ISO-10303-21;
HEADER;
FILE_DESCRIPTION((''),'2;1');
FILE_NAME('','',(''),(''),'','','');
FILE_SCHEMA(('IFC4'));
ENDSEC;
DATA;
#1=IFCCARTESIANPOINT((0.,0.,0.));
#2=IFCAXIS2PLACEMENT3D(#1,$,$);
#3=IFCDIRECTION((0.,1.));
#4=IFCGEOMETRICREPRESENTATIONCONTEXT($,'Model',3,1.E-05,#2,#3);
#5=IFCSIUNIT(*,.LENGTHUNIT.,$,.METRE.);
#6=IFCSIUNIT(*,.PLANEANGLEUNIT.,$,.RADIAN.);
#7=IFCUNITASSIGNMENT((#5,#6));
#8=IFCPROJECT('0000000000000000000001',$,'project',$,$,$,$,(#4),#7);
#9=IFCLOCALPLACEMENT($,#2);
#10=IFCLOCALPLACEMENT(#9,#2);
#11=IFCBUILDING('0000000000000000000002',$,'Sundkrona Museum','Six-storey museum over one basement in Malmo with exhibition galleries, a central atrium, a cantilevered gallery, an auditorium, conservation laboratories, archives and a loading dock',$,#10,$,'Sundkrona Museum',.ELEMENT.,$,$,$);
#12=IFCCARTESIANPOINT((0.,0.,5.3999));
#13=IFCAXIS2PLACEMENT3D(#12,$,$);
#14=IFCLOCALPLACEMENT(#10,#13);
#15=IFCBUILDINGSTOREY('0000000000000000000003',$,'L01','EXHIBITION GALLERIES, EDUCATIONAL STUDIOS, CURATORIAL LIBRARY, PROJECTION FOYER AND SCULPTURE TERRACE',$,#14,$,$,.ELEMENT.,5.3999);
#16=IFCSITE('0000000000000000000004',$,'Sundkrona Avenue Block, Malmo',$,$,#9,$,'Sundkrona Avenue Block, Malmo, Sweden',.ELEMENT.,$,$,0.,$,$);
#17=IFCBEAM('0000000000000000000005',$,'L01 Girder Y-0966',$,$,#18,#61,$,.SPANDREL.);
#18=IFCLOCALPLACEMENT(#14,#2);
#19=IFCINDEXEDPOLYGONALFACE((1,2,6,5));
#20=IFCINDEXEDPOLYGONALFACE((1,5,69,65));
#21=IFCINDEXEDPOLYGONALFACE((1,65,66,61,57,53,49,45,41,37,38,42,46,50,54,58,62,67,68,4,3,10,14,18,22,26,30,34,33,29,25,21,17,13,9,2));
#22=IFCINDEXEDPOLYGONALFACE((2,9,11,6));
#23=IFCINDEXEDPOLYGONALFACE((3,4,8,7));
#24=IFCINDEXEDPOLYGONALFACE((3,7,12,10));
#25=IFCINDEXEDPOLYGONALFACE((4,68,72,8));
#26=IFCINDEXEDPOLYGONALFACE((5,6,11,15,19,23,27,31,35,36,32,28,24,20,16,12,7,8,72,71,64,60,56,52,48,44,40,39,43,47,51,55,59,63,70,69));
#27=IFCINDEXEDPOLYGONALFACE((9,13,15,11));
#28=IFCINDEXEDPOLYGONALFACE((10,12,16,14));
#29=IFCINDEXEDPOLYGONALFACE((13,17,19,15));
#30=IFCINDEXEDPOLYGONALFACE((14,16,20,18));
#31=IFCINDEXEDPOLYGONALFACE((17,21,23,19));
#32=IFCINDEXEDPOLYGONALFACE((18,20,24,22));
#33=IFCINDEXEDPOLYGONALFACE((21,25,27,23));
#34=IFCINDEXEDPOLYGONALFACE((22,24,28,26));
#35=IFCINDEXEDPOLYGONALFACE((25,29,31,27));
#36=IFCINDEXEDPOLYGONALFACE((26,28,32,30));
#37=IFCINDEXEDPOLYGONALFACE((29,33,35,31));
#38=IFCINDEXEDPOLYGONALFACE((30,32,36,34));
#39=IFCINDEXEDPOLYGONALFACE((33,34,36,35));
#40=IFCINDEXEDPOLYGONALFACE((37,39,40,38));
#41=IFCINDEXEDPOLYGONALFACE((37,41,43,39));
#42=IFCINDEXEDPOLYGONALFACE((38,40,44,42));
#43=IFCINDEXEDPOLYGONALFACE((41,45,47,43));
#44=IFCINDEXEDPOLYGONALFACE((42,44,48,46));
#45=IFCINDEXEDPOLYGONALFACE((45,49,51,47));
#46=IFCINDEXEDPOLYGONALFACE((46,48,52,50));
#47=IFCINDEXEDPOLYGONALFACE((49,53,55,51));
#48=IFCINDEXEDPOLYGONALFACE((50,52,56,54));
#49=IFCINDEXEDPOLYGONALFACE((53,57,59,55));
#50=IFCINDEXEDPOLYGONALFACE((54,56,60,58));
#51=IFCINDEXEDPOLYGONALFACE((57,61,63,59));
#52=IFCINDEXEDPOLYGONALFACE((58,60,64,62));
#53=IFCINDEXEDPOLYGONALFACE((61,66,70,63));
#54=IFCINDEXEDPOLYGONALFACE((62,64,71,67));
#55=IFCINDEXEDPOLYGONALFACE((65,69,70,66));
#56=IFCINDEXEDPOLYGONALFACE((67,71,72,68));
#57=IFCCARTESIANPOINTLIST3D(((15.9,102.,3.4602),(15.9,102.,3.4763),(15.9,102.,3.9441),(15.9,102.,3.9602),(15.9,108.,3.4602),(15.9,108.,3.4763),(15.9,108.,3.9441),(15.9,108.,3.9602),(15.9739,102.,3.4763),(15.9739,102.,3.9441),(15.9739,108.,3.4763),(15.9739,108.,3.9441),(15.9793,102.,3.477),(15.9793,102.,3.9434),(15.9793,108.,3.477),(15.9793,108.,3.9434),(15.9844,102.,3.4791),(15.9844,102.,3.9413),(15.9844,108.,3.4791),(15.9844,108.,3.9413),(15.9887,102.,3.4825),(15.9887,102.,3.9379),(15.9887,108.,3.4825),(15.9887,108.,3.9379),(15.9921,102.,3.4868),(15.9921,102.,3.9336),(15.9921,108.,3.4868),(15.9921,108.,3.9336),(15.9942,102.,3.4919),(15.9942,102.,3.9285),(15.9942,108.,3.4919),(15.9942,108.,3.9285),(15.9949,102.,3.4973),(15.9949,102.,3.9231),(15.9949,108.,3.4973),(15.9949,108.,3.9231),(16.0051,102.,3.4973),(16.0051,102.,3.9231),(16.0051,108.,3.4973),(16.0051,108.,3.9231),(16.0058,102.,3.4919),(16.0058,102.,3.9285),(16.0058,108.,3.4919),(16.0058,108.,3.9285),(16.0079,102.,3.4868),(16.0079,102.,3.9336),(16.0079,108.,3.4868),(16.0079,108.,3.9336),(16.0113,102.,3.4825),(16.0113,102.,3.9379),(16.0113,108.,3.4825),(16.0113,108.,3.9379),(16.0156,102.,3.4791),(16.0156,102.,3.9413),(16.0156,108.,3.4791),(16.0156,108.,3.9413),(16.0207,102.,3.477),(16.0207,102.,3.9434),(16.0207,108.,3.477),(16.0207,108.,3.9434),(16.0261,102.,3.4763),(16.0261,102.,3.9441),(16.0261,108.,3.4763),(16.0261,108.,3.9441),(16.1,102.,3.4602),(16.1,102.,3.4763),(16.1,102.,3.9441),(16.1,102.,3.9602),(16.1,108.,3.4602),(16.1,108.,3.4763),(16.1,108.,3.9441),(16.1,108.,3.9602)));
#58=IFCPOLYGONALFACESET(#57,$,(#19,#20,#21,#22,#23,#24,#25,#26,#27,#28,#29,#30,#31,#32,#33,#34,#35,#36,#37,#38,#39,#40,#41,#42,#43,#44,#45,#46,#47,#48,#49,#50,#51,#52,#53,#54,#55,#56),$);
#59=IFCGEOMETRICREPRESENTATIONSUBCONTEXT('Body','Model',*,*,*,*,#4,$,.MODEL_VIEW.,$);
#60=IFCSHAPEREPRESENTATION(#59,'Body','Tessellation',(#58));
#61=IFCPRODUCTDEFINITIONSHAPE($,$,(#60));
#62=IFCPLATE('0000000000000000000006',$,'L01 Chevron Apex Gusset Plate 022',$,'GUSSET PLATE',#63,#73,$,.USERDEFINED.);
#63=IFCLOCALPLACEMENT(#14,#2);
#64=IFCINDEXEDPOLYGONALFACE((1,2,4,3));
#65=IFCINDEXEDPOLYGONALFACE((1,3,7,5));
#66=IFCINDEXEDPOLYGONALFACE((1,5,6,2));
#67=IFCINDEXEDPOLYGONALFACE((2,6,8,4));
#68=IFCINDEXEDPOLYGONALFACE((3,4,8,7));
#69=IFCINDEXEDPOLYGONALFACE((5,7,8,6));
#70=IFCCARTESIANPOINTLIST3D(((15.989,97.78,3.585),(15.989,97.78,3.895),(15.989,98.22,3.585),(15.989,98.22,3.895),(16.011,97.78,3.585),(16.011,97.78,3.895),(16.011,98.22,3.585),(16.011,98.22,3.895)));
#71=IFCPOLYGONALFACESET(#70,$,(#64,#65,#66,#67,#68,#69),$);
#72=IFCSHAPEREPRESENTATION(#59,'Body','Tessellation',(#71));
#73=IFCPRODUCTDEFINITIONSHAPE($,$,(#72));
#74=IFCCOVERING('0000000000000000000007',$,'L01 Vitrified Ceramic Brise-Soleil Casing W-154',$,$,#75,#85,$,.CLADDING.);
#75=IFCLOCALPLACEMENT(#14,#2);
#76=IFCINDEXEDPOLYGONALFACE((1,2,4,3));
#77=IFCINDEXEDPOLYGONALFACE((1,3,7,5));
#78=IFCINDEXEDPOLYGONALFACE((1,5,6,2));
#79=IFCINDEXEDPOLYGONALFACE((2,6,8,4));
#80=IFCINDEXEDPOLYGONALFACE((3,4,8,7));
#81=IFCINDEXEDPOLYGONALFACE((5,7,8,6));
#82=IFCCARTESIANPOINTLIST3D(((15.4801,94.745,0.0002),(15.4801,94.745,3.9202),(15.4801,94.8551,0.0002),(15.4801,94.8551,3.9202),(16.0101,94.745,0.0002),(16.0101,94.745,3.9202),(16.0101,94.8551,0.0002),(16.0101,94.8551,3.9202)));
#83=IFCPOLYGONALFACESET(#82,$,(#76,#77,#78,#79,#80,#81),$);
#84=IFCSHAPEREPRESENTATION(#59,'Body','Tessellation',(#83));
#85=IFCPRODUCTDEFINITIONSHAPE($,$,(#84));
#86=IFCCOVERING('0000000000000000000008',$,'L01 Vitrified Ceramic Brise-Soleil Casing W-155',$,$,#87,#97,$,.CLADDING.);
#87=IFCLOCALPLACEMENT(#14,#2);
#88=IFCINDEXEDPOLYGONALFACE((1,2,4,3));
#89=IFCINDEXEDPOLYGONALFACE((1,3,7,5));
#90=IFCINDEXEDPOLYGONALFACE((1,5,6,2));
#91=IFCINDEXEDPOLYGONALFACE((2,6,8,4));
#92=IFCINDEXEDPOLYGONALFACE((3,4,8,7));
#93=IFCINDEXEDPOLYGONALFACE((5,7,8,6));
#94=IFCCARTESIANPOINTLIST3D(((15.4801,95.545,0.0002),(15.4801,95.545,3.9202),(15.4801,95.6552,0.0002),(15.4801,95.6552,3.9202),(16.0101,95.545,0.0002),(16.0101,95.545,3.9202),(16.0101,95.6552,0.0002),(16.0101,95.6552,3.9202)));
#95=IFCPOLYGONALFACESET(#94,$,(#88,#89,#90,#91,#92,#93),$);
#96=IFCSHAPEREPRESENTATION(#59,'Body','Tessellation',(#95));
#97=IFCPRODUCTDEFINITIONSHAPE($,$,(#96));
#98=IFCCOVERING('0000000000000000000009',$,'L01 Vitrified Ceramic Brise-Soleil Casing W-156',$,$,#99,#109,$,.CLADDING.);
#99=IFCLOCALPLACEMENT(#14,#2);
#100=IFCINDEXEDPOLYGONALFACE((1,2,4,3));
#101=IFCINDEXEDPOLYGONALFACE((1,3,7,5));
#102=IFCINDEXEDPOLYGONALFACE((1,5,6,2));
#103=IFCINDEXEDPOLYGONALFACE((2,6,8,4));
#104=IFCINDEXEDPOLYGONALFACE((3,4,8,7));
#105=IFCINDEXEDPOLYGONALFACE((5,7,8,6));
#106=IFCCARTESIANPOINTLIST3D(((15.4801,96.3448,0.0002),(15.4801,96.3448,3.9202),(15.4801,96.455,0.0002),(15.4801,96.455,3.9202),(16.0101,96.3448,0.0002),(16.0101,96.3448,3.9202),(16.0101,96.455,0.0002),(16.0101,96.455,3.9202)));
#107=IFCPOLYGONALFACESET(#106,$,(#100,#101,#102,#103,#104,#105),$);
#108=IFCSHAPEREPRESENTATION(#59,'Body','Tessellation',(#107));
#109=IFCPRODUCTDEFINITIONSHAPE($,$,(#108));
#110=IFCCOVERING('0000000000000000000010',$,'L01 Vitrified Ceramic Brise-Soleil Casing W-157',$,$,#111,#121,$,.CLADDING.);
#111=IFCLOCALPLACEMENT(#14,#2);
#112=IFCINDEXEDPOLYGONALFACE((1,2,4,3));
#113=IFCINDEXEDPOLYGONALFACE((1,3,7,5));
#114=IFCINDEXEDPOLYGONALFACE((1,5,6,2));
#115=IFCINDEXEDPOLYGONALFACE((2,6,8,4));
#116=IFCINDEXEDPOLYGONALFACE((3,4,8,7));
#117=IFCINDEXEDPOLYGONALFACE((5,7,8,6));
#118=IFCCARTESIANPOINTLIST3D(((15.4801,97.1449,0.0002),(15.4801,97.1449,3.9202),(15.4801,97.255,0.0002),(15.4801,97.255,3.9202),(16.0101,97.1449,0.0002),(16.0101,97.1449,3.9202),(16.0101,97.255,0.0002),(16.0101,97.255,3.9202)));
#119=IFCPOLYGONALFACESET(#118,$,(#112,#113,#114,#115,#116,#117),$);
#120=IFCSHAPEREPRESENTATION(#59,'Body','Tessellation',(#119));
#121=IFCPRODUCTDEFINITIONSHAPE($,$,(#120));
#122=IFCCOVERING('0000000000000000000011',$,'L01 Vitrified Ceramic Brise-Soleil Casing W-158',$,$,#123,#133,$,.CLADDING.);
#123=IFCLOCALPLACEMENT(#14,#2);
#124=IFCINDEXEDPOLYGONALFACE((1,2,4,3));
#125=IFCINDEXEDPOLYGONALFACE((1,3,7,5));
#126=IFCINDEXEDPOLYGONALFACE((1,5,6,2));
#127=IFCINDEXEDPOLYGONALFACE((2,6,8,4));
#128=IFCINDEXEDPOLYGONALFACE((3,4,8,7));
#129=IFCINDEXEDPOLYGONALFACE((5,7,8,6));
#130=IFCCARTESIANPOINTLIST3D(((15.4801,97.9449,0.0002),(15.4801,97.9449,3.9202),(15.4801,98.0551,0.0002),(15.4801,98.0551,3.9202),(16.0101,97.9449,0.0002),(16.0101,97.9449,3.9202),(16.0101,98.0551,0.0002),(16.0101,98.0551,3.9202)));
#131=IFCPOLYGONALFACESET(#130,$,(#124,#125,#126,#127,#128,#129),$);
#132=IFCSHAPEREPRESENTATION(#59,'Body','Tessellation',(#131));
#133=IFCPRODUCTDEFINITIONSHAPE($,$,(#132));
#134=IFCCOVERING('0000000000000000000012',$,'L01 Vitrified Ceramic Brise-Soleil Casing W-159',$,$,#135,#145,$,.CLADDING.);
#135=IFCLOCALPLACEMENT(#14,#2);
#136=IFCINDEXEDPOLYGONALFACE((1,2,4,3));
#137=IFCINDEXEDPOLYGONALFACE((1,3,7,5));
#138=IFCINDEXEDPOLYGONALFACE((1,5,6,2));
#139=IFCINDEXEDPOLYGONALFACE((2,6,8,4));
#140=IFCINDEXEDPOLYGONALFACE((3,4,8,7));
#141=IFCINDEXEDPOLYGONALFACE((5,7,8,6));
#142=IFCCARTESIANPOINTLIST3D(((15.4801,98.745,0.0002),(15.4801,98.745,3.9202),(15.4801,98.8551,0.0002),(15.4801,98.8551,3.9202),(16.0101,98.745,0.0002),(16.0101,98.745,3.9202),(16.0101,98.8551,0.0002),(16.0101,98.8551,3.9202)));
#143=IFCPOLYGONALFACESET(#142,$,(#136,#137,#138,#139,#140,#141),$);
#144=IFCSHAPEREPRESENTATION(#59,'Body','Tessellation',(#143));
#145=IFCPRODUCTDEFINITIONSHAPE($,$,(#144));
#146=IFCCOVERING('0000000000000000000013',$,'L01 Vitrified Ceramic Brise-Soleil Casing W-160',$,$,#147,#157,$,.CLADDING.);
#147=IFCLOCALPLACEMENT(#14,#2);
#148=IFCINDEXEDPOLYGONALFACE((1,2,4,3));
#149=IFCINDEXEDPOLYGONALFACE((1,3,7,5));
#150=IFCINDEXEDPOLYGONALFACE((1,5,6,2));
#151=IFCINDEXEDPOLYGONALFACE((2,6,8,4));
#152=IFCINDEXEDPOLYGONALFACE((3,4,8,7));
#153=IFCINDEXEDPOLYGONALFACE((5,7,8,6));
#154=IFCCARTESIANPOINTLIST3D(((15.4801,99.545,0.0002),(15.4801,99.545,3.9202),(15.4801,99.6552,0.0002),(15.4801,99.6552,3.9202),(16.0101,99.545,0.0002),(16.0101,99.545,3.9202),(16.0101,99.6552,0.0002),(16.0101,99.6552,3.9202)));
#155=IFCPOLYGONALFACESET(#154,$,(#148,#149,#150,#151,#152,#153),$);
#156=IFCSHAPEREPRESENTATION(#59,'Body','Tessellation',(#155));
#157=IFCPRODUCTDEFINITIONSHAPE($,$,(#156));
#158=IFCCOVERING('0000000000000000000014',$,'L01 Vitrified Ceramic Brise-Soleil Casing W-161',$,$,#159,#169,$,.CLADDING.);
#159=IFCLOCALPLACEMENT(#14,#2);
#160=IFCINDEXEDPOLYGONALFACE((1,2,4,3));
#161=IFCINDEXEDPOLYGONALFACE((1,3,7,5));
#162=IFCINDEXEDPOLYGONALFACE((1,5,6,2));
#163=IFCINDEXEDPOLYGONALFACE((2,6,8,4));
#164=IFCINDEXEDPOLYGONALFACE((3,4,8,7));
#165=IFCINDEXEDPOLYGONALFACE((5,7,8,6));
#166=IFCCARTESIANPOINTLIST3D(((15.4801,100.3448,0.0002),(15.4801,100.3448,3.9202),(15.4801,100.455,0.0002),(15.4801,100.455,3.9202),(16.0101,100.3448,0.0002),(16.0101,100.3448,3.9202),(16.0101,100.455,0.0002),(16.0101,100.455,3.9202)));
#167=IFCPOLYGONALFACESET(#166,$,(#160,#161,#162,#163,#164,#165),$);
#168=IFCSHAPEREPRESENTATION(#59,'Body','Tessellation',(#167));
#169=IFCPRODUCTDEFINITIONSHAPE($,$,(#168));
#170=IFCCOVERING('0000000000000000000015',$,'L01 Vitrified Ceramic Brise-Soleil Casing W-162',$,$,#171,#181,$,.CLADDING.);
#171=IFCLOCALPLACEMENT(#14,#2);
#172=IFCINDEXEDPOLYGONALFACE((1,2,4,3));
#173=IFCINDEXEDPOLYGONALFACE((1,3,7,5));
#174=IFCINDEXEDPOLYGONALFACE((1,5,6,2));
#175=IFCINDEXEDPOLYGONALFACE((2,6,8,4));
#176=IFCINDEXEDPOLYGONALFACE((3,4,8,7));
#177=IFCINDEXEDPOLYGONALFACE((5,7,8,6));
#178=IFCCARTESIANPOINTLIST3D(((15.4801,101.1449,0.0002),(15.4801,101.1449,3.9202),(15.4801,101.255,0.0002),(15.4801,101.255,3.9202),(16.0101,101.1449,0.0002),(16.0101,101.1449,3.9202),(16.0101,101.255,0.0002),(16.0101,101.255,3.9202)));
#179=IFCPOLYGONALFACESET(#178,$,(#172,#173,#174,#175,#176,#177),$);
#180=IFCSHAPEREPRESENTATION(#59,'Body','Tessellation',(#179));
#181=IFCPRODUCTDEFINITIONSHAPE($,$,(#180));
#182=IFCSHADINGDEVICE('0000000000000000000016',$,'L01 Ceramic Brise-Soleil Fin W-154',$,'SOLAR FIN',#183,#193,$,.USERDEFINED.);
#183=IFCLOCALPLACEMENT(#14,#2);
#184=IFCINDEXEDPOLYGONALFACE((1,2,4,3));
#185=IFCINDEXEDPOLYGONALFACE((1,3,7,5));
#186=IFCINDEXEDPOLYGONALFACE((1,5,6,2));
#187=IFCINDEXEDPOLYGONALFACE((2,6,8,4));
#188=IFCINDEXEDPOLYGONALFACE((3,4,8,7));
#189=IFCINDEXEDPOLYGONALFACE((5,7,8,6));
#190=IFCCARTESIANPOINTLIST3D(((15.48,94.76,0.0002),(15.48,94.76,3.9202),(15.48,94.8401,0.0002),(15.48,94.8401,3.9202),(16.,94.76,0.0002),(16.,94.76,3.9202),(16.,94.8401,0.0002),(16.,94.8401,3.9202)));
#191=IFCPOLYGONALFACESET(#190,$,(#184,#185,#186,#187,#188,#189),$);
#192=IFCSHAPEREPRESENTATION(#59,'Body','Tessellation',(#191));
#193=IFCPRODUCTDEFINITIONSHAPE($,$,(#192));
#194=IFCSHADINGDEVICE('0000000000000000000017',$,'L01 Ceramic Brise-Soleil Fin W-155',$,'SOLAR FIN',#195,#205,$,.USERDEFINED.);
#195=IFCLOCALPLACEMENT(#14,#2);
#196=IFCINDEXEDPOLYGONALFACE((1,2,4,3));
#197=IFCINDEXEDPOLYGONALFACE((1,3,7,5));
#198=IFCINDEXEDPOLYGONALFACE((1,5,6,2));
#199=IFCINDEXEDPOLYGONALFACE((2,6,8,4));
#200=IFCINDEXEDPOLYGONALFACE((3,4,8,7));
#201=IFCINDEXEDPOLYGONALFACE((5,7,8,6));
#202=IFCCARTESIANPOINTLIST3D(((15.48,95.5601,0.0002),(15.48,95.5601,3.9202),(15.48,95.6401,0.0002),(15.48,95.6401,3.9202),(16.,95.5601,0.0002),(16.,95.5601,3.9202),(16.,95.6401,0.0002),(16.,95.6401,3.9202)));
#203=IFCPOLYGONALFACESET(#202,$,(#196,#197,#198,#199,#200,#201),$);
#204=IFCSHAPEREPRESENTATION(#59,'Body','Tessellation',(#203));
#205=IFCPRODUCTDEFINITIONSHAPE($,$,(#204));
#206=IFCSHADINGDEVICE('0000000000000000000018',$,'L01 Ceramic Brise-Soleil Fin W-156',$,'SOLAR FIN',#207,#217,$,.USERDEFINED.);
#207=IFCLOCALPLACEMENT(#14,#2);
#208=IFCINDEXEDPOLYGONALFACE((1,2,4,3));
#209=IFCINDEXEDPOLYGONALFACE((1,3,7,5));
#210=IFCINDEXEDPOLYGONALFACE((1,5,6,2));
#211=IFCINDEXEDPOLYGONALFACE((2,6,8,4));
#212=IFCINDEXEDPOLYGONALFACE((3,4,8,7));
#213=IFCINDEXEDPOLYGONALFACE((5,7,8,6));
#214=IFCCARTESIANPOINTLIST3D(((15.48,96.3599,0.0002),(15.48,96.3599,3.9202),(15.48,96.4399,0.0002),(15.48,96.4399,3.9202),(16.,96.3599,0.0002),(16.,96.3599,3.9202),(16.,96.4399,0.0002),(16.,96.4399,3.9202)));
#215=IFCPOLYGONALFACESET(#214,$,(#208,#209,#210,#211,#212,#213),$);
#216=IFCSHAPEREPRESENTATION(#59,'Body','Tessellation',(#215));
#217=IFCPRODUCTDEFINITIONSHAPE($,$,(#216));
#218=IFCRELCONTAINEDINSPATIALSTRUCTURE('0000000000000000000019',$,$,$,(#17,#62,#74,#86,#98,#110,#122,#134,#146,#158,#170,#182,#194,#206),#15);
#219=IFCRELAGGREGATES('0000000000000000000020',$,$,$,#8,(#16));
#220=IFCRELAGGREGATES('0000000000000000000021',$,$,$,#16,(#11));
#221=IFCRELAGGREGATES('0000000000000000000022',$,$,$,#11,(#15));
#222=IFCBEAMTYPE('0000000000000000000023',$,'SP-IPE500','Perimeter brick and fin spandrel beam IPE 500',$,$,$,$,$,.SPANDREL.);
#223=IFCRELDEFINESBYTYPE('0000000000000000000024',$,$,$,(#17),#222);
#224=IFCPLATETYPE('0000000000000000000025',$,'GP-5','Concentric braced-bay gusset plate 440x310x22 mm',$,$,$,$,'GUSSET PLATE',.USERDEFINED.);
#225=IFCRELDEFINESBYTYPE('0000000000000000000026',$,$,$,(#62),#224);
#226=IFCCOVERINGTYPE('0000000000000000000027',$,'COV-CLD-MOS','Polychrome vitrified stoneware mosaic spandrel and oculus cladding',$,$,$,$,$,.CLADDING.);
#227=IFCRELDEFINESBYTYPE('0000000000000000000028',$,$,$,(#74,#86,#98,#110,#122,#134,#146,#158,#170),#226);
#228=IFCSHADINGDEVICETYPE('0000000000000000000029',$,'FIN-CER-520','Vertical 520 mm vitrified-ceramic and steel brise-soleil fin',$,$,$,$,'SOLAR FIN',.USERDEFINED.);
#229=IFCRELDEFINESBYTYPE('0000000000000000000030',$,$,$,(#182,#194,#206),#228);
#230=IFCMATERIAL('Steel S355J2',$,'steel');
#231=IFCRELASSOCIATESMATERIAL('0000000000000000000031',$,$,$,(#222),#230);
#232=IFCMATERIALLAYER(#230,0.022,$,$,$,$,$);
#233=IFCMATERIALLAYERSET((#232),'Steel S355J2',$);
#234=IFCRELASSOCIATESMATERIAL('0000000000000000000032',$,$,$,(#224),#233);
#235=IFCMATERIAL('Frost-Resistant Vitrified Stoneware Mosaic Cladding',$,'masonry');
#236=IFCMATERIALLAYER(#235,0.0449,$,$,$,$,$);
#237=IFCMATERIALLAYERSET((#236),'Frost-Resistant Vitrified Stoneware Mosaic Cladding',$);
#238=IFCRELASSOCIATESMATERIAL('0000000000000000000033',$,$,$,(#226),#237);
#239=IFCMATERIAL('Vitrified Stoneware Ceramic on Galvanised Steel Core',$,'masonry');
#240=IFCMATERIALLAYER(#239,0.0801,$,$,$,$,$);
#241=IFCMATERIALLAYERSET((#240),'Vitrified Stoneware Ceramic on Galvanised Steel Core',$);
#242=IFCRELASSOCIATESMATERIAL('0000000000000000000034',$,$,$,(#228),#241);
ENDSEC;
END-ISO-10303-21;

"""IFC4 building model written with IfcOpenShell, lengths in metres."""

from ifc_helpers import new_model, si_unit, direction, frame, origin, origin_2d, place, context, subcontext, project, spatial, rectangle, i_section, extrude, material, layer, layer_set, material_profile, profile_set, type_object, element, save


model = new_model("IFC4")

# Units and contexts
model_context = context("Model", 3, precision=1e-05, world=origin(), true_north=direction((0.0, 1.0)))
body_context = subcontext(model_context, "Body", "Model", "MODEL_VIEW")
ifc_project = project(units=[si_unit("LENGTHUNIT", "METRE"), si_unit("PLANEANGLEUNIT", "RADIAN")], contexts=[model_context])

# Site, building, storey
site_placement = place(None, origin())
site = spatial("IfcSite", under=ifc_project, at=site_placement, Name="Sundkrona Avenue Block, Malmo", LongName="Sundkrona Avenue Block, Malmo, Sweden", CompositionType="ELEMENT", RefElevation=0.0)
building_placement = place(site_placement, origin())
building = spatial("IfcBuilding", under=site, at=building_placement, Name="Sundkrona Museum", Description="Six-storey museum over one basement in Malmo with exhibition galleries, a central atrium, a cantilevered gallery, an auditorium, conservation laboratories, archives and a loading dock", LongName="Sundkrona Museum", CompositionType="ELEMENT")
storey_placement = place(building_placement, frame((0.0, 0.0, 5.3999)))
storey = spatial("IfcBuildingStorey", under=building, at=storey_placement, Name="L01", Description="EXHIBITION GALLERIES, EDUCATIONAL STUDIOS, CURATORIAL LIBRARY, PROJECTION FOYER AND SCULPTURE TERRACE", CompositionType="ELEMENT", Elevation=5.3999)

# Shared definitions
ifc_material_1 = material(Name="Steel S355J2", Category="steel")

# Beam
ifc_material_profile_1 = material_profile(ifc_material_1, i_section(OverallWidth=0.2, OverallDepth=0.5, WebThickness=0.0103, FlangeThickness=0.0161, FilletRadius=0.021, at=origin_2d()), Name="IPE 500")
ifc_profile_set_1 = profile_set([ifc_material_profile_1], Name="Steel S355J2")
beam_type_1 = type_object("IfcBeamType", Name="SP-IPE500", Description="Perimeter brick and fin spandrel beam IPE 500", PredefinedType="SPANDREL", material=ifc_profile_set_1)
beam_1_placement = place(storey_placement, frame((16.0, 102.0, 3.7102), z_axis=(0.0, 1.0, 0.0), x_axis=(-1.0, 0.0, 0.0)))
element("IfcBeam", 1, at=beam_1_placement, inside=storey, type_object=beam_type_1, Name="L01 Girder Y-0966", PredefinedType="SPANDREL", context=body_context, shape_type="SweptSolid", body=[
    extrude(i_section(OverallWidth=0.2, OverallDepth=0.5, WebThickness=0.0103, FlangeThickness=0.0161, FilletRadius=0.021, at=origin_2d()), origin(), (0.0, 0.0, 1.0), 6.0),
])

# Plate
ifc_layer_1 = layer(ifc_material_1, 0.022)
ifc_layer_set_1 = layer_set([ifc_layer_1], Name="Steel S355J2")
plate_type = type_object("IfcPlateType", Name="GP-5", Description="Concentric braced-bay gusset plate 440x310x22 mm", ElementType="GUSSET PLATE", PredefinedType="USERDEFINED", material=ifc_layer_set_1)
plate_placement = place(storey_placement, frame((16.0, 98.0, 3.585), z_axis=(0.0, 0.0, 1.0), x_axis=(0.0, 1.0, 0.0)))
element("IfcPlate", 2, at=plate_placement, inside=storey, type_object=plate_type, Name="L01 Chevron Apex Gusset Plate 022", ObjectType="GUSSET PLATE", PredefinedType="USERDEFINED", context=body_context, shape_type="SweptSolid", body=[
    extrude(rectangle(XDim=0.4399, YDim=0.022, at=origin_2d()), origin(), (0.0, 0.0, 1.0), 0.3101),
])

# Coverings
ifc_material_2 = material(Name="Frost-Resistant Vitrified Stoneware Mosaic Cladding", Category="masonry")
ifc_layer_2 = layer(ifc_material_2, 0.0449)
ifc_layer_set_2 = layer_set([ifc_layer_2], Name="Frost-Resistant Vitrified Stoneware Mosaic Cladding")
covering_type = type_object("IfcCoveringType", Name="COV-CLD-MOS", Description="Polychrome vitrified stoneware mosaic spandrel and oculus cladding", PredefinedType="CLADDING", material=ifc_layer_set_2)
for number, where, z_axis, x_axis, name in (
    (3, (15.7451, 94.8, 0.0002), (0.0, 0.0, 1.0), (1.0, 0.0, 0.0), "L01 Vitrified Ceramic Brise-Soleil Casing W-154"),
    (4, (15.7451, 95.6001, 0.0002), (0.0, 0.0, 1.0), (1.0, 0.0, 0.0), "L01 Vitrified Ceramic Brise-Soleil Casing W-155"),
    (5, (15.7451, 96.3999, 0.0002), (0.0, 0.0, 1.0), (1.0, 0.0, 0.0), "L01 Vitrified Ceramic Brise-Soleil Casing W-156"),
    (6, (15.7451, 97.2, 0.0002), (0.0, 0.0, 1.0), (1.0, 0.0, 0.0), "L01 Vitrified Ceramic Brise-Soleil Casing W-157"),
    (7, (15.7451, 98.0, 0.0002), (0.0, 0.0, 1.0), (1.0, 0.0, 0.0), "L01 Vitrified Ceramic Brise-Soleil Casing W-158"),
    (8, (15.7451, 98.8, 0.0002), (0.0, 0.0, 1.0), (1.0, 0.0, 0.0), "L01 Vitrified Ceramic Brise-Soleil Casing W-159"),
    (9, (15.7451, 99.6001, 0.0002), (0.0, 0.0, 1.0), (1.0, 0.0, 0.0), "L01 Vitrified Ceramic Brise-Soleil Casing W-160"),
    (10, (15.7451, 100.3999, 0.0002), (0.0, 0.0, 1.0), (1.0, 0.0, 0.0), "L01 Vitrified Ceramic Brise-Soleil Casing W-161"),
    (11, (15.7451, 101.2, 0.0002), (0.0, 0.0, 1.0), (1.0, 0.0, 0.0), "L01 Vitrified Ceramic Brise-Soleil Casing W-162"),
):
    element("IfcCovering", number, at=place(storey_placement, frame(where, z_axis=z_axis, x_axis=x_axis)), inside=storey, type_object=covering_type, Name=name, PredefinedType="CLADDING", context=body_context, shape_type="SweptSolid", body=[
        extrude(rectangle(XDim=0.53, YDim=0.1101, at=origin_2d()), origin(), (0.0, 0.0, 1.0), 3.9199),
    ])

# Shading devices
ifc_material_3 = material(Name="Vitrified Stoneware Ceramic on Galvanised Steel Core", Category="masonry")
ifc_layer_3 = layer(ifc_material_3, 0.0801)
ifc_layer_set_3 = layer_set([ifc_layer_3], Name="Vitrified Stoneware Ceramic on Galvanised Steel Core")
shading_device_type = type_object("IfcShadingDeviceType", Name="FIN-CER-520", Description="Vertical 520 mm vitrified-ceramic and steel brise-soleil fin", ElementType="SOLAR FIN", PredefinedType="USERDEFINED", material=ifc_layer_set_3)
for number, where, z_axis, x_axis, name in (
    (12, (15.74, 94.8, 0.0002), (0.0, 0.0, 1.0), (1.0, 0.0, 0.0), "L01 Ceramic Brise-Soleil Fin W-154"),
    (13, (15.74, 95.6001, 0.0002), (0.0, 0.0, 1.0), (1.0, 0.0, 0.0), "L01 Ceramic Brise-Soleil Fin W-155"),
    (14, (15.74, 96.3999, 0.0002), (0.0, 0.0, 1.0), (1.0, 0.0, 0.0), "L01 Ceramic Brise-Soleil Fin W-156"),
):
    element("IfcShadingDevice", number, at=place(storey_placement, frame(where, z_axis=z_axis, x_axis=x_axis)), inside=storey, type_object=shading_device_type, Name=name, ObjectType="SOLAR FIN", PredefinedType="USERDEFINED", context=body_context, shape_type="SweptSolid", body=[
        extrude(rectangle(XDim=0.52, YDim=0.0801, at=origin_2d()), origin(), (0.0, 0.0, 1.0), 3.9199),
    ])

save(model, "model.ifc")
